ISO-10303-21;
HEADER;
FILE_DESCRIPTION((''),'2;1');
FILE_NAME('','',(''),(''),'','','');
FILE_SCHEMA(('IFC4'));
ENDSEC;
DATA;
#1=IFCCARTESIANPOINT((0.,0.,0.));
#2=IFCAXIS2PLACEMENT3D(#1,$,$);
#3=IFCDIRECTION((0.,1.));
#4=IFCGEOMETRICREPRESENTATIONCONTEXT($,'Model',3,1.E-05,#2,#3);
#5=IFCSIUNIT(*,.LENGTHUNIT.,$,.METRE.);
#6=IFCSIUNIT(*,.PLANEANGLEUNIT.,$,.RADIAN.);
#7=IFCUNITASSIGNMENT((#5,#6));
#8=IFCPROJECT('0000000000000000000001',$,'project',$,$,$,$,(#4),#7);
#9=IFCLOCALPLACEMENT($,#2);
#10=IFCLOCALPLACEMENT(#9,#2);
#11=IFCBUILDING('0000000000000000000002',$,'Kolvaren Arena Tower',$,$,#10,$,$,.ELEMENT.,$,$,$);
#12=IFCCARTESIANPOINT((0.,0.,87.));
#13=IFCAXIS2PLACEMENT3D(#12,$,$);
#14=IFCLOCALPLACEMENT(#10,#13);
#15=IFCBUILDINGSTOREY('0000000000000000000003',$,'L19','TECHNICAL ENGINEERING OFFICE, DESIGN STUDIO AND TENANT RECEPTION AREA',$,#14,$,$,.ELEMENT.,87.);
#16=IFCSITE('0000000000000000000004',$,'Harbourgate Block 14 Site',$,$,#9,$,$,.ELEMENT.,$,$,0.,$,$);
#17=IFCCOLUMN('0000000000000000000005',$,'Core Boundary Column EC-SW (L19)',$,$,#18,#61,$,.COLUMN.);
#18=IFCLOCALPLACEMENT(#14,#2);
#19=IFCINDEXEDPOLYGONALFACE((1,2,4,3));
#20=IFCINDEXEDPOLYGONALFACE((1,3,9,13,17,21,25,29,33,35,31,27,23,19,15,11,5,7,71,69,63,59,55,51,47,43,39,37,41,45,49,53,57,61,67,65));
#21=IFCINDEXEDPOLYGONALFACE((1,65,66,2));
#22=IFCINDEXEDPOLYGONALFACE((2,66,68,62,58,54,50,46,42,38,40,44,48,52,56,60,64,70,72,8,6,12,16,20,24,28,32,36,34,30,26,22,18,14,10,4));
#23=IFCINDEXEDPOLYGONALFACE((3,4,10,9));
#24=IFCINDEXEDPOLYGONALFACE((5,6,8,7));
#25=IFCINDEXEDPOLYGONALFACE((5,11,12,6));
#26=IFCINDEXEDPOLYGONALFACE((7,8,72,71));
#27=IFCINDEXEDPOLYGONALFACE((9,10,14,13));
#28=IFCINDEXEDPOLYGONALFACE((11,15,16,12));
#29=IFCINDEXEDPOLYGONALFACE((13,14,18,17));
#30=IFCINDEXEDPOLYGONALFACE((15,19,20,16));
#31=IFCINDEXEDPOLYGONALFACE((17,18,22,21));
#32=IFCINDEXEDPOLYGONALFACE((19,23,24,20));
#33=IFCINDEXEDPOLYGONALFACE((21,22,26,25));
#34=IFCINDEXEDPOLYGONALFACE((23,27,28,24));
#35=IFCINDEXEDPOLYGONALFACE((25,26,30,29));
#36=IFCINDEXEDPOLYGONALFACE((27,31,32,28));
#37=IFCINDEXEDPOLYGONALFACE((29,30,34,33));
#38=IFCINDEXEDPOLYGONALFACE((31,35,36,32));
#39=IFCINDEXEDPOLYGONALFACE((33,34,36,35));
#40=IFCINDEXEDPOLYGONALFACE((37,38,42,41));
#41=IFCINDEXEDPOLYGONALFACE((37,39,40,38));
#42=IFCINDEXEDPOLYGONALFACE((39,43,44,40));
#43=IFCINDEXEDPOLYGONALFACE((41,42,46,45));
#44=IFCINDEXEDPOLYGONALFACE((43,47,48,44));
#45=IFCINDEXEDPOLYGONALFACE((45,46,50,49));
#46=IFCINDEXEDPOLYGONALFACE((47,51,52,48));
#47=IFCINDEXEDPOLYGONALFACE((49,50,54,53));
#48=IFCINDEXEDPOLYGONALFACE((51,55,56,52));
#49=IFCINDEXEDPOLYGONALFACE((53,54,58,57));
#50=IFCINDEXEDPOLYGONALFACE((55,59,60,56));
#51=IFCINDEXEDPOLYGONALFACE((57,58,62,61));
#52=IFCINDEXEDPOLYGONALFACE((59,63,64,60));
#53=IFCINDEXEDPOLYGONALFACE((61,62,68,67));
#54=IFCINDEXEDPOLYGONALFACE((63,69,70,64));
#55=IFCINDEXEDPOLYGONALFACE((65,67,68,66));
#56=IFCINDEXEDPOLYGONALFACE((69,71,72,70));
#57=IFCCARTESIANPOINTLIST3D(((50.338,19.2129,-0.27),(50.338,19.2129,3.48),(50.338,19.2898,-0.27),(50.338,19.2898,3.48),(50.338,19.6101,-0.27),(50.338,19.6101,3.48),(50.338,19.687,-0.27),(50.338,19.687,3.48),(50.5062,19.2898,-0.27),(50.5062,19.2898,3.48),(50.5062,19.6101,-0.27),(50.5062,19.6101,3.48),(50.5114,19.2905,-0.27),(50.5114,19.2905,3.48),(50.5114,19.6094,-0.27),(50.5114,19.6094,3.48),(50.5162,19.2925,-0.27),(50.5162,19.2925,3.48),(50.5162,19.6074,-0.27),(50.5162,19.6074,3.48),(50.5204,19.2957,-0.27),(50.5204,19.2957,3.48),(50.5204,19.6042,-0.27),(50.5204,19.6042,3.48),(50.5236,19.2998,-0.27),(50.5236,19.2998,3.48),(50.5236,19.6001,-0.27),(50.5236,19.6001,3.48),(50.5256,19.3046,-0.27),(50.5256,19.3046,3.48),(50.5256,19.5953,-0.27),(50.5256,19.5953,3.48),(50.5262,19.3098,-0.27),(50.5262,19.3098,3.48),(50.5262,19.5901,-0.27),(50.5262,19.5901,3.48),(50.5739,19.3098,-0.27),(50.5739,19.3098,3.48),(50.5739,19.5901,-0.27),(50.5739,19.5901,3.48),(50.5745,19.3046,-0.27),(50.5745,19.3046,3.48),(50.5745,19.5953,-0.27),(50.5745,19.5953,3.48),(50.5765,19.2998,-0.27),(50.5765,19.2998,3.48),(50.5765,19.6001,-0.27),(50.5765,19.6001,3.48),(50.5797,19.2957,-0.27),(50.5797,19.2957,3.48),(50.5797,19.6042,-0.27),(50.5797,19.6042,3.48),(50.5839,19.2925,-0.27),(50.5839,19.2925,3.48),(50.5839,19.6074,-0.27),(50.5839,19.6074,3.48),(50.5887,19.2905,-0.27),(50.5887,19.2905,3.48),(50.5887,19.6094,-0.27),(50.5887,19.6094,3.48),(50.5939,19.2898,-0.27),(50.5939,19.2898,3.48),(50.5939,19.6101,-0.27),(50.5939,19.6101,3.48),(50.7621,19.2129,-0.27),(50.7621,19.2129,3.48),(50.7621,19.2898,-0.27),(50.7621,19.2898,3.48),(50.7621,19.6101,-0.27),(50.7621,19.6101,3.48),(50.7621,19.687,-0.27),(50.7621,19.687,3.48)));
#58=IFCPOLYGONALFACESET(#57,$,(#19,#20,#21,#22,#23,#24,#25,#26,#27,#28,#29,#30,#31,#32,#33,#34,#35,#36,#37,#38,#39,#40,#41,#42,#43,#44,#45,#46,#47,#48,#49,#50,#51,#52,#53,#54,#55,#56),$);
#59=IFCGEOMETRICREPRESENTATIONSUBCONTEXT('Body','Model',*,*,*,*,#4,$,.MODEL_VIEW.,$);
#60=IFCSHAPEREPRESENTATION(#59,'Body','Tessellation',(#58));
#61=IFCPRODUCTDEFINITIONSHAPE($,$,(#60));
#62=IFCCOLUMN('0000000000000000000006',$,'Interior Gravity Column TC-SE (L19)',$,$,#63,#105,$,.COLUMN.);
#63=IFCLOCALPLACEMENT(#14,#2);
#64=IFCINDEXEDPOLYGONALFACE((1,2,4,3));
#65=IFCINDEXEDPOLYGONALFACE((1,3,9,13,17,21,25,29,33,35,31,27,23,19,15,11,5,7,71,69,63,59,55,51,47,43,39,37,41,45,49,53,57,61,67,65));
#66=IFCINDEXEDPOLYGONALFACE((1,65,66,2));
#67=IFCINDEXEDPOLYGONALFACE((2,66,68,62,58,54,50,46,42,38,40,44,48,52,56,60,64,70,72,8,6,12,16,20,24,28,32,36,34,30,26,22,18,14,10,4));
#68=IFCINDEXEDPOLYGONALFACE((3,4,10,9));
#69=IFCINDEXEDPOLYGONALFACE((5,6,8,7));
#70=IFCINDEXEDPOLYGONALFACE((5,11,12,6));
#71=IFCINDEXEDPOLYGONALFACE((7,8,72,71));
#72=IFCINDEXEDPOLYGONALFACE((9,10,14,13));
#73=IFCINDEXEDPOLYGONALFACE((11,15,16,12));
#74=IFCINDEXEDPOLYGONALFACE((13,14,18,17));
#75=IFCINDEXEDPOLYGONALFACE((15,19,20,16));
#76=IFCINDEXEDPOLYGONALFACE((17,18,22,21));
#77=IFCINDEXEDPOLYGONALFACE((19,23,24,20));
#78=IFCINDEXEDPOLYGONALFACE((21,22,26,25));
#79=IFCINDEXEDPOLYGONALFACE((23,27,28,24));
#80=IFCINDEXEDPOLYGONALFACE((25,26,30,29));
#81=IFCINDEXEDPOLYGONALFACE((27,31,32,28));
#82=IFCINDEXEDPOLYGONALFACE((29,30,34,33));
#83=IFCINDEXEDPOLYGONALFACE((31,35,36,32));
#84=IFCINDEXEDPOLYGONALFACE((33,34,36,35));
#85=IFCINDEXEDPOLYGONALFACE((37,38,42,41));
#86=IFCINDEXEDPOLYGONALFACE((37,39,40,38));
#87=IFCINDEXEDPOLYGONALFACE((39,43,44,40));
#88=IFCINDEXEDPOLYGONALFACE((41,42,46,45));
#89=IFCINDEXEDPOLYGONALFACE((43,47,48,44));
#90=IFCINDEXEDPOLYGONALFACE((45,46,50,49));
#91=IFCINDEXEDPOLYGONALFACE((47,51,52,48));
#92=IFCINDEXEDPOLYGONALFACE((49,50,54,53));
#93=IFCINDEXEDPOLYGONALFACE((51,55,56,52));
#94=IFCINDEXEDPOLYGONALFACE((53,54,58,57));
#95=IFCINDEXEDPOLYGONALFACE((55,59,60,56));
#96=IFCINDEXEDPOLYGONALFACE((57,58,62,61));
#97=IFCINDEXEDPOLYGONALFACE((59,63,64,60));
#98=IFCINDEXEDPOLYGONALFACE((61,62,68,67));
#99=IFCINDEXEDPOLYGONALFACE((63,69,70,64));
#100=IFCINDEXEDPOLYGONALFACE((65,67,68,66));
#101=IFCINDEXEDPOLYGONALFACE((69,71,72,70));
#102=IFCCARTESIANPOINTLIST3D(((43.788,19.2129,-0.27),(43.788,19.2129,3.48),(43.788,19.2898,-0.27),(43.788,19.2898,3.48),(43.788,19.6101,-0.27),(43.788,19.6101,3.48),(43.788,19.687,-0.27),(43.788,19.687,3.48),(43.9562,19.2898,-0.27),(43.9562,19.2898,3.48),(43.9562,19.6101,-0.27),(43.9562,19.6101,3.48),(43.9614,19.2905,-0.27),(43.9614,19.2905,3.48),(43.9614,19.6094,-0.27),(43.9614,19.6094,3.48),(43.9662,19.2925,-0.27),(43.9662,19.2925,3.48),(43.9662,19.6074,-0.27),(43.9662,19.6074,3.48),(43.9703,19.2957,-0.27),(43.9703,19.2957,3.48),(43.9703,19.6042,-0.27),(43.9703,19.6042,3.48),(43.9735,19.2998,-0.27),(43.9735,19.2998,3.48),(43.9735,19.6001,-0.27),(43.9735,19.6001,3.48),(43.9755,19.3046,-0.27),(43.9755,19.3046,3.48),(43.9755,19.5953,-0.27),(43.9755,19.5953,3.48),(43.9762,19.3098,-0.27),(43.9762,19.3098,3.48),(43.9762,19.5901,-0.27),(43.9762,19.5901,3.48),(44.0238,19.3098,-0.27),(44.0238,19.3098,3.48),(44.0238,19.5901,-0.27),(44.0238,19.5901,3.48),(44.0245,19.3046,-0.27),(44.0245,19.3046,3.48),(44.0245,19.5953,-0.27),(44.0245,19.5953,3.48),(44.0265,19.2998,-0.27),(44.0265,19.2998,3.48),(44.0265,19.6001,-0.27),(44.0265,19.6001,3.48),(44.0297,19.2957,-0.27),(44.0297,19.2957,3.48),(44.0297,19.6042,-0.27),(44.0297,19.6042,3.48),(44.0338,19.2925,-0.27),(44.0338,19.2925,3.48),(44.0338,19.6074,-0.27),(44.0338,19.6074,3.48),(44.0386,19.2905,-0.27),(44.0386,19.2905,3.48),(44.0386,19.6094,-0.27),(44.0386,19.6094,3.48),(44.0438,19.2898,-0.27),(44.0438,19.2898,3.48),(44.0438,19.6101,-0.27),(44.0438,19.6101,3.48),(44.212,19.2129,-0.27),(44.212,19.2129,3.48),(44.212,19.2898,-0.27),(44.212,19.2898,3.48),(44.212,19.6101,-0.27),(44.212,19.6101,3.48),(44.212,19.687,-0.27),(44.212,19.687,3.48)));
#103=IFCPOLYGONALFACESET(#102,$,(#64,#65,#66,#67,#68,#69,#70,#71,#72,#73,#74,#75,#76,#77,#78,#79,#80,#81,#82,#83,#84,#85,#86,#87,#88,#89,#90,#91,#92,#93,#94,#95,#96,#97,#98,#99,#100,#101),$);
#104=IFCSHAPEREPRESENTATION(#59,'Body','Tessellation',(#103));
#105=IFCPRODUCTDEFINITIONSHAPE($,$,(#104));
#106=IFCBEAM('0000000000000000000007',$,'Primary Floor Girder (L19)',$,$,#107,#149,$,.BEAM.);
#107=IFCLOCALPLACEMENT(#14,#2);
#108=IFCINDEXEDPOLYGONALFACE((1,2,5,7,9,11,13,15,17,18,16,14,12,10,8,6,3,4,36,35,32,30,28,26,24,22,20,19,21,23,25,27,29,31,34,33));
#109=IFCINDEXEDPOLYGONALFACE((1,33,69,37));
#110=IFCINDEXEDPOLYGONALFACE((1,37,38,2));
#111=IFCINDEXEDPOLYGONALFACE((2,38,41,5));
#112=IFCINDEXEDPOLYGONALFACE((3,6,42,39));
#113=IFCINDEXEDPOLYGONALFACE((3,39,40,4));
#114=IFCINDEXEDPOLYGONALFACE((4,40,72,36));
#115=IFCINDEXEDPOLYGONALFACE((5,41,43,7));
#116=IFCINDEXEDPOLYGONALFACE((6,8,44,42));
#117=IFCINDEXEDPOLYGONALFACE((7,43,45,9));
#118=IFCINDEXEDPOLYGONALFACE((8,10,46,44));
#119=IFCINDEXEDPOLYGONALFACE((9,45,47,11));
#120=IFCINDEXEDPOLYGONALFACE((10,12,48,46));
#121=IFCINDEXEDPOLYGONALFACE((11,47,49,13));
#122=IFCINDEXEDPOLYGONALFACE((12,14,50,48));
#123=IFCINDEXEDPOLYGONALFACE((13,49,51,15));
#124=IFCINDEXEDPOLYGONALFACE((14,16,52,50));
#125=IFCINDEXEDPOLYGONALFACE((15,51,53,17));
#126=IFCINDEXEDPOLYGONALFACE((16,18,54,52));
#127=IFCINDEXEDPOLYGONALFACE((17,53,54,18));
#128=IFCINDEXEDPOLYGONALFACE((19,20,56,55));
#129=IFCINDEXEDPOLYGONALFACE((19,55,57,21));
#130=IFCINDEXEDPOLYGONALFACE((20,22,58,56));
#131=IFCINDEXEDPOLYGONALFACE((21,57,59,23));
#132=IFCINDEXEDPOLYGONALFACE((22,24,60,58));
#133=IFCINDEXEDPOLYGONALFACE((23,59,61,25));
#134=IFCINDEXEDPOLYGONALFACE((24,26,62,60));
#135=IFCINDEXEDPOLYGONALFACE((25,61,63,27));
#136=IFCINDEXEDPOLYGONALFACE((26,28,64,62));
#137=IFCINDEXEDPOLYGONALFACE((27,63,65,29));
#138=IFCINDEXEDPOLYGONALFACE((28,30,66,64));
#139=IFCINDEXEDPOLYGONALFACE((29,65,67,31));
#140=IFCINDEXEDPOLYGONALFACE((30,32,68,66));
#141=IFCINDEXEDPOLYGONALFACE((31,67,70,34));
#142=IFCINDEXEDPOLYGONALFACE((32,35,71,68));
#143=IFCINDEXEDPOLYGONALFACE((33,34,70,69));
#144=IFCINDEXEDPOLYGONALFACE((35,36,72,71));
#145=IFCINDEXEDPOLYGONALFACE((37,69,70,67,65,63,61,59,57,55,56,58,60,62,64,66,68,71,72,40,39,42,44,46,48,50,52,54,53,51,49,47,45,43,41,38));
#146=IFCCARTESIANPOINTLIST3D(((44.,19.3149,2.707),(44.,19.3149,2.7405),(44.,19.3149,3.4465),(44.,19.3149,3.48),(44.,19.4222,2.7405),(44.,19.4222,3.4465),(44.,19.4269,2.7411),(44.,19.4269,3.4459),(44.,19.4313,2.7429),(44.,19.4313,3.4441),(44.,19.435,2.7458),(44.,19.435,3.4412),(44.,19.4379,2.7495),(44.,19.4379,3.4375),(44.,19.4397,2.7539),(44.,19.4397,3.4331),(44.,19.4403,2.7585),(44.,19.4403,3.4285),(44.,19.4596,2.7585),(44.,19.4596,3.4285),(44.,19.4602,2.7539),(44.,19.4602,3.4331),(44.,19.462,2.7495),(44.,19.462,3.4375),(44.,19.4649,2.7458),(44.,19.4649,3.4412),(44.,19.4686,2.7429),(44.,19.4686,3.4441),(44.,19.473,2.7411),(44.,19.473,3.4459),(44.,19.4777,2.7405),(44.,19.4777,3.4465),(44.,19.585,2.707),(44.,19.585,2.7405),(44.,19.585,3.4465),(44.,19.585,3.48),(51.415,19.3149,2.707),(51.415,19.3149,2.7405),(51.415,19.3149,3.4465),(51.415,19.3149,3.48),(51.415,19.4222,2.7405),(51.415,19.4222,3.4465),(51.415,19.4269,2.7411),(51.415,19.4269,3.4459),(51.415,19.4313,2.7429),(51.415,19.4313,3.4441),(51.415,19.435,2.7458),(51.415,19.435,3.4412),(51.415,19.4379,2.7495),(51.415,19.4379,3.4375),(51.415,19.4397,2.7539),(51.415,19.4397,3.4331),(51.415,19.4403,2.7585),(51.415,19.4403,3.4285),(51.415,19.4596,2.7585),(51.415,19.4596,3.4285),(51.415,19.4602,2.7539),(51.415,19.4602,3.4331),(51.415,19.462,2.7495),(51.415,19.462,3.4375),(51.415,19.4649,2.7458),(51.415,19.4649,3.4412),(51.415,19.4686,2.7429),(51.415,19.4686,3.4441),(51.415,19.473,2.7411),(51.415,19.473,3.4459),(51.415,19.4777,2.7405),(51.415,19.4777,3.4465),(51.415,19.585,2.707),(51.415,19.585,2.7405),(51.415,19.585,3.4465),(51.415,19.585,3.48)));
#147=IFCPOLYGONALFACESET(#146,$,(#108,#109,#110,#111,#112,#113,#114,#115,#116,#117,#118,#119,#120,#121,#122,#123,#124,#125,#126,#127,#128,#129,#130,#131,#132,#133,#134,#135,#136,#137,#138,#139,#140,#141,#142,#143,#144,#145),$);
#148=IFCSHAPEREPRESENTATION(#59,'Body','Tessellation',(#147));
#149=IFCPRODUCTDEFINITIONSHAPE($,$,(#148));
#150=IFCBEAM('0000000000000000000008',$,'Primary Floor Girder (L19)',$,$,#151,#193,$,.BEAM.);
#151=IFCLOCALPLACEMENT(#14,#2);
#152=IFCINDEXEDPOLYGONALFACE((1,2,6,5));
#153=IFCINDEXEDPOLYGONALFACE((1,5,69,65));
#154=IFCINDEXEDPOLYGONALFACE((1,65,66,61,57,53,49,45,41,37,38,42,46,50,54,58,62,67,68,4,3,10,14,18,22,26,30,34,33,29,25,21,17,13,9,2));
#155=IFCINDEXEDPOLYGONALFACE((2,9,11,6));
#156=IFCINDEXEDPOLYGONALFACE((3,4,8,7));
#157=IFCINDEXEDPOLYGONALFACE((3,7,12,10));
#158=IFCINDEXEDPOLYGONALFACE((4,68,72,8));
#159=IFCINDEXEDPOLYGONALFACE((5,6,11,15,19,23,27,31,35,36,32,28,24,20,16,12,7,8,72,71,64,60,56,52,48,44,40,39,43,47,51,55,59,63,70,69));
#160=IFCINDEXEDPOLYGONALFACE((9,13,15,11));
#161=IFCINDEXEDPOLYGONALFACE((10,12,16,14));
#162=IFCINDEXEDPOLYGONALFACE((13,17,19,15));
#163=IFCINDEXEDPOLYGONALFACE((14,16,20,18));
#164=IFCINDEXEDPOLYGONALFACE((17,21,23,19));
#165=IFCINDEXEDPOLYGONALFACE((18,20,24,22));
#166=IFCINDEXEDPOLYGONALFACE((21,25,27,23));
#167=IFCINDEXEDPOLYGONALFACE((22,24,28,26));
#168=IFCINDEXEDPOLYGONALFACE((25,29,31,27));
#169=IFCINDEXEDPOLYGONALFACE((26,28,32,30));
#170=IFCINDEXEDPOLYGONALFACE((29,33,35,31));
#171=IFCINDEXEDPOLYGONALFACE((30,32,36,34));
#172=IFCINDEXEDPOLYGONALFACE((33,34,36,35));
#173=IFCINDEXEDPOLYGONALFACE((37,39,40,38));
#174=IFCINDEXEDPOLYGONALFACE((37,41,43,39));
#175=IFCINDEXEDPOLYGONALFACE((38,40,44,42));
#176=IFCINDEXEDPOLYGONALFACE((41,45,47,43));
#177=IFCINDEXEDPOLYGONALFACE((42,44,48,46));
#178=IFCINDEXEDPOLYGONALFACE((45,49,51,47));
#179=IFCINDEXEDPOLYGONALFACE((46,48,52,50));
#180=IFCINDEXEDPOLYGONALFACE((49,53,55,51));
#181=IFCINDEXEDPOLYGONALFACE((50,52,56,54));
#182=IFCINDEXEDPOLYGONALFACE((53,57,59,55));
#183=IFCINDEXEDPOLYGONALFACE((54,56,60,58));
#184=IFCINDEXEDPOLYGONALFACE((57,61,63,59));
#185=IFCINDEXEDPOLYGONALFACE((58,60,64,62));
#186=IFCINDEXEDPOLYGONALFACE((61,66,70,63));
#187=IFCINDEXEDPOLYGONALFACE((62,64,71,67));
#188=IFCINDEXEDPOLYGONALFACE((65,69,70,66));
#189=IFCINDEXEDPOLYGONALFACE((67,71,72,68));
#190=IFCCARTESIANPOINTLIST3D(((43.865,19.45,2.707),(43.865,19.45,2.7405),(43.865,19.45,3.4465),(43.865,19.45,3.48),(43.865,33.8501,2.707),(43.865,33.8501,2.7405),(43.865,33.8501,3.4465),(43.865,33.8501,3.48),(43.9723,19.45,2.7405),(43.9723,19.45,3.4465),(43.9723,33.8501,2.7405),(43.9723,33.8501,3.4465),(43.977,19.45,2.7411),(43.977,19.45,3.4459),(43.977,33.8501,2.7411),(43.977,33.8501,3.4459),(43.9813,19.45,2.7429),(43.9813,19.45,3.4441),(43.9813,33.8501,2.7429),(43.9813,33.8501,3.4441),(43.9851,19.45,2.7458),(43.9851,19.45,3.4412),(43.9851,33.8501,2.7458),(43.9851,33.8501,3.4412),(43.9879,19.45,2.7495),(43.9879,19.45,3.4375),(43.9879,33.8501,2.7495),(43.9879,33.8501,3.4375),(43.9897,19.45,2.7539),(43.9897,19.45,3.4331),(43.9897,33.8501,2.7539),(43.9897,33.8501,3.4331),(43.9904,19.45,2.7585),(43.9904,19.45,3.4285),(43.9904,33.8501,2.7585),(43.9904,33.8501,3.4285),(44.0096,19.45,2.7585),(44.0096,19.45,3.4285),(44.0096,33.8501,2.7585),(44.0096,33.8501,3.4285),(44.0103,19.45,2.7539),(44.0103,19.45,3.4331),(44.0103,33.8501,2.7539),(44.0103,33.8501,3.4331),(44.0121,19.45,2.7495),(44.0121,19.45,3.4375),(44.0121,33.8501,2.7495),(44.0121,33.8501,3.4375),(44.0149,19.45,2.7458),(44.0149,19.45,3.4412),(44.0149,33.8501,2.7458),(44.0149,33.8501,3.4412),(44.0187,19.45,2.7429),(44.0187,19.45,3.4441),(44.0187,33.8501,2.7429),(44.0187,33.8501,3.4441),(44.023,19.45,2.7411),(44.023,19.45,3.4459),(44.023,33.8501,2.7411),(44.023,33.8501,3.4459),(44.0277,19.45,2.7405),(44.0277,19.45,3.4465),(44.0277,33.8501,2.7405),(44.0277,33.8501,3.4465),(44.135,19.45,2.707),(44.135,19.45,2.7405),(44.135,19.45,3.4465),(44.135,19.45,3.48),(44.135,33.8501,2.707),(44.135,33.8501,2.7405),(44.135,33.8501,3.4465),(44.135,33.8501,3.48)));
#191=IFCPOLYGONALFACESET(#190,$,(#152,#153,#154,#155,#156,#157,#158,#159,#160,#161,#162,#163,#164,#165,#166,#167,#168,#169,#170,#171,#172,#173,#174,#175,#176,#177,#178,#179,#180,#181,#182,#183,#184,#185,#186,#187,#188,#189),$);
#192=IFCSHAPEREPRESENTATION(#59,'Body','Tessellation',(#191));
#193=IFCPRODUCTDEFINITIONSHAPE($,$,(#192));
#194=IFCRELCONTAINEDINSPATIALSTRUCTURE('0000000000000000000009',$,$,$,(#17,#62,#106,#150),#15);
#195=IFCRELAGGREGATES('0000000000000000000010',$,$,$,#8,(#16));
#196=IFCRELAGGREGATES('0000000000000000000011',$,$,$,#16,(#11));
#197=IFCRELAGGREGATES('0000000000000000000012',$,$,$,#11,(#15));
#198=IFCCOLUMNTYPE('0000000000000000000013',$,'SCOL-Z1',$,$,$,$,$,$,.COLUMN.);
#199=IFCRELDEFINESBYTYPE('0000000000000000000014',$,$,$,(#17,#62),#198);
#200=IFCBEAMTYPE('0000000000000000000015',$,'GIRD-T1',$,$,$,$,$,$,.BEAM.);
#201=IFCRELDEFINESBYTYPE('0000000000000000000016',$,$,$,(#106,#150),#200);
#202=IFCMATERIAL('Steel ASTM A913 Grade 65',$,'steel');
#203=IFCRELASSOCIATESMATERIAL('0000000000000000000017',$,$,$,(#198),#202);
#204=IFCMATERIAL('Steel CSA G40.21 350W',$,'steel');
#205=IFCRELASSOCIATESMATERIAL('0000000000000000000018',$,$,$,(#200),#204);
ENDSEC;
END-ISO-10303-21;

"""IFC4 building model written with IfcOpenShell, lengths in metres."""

from ifc_helpers import new_model, si_unit, direction, frame, origin, origin_2d, place, context, subcontext, project, spatial, i_section, extrude, material, material_profile, profile_set, type_object, element, save


model = new_model("IFC4")

# Units and contexts
model_context = context("Model", 3, precision=1e-05, world=origin(), true_north=direction((0.0, 1.0)))
body_context = subcontext(model_context, "Body", "Model", "MODEL_VIEW")
ifc_project = project(units=[si_unit("LENGTHUNIT", "METRE"), si_unit("PLANEANGLEUNIT", "RADIAN")], contexts=[model_context])

# Site, building, storey
site_placement = place(None, origin())
site = spatial("IfcSite", under=ifc_project, at=site_placement, Name="Harbourgate Block 14 Site", CompositionType="ELEMENT", RefElevation=0.0)
building_placement = place(site_placement, origin())
building = spatial("IfcBuilding", under=site, at=building_placement, Name="Kolvaren Arena Tower", CompositionType="ELEMENT")
storey_placement = place(building_placement, frame((0.0, 0.0, 87.0)))
storey = spatial("IfcBuildingStorey", under=building, at=storey_placement, Name="L19", Description="TECHNICAL ENGINEERING OFFICE, DESIGN STUDIO AND TENANT RECEPTION AREA", CompositionType="ELEMENT", Elevation=87.0)

# Columns
ifc_material_1 = material(Name="Steel ASTM A913 Grade 65", Category="steel")
ifc_material_profile_1 = material_profile(ifc_material_1, i_section(OverallWidth=0.4241, OverallDepth=0.4741, WebThickness=0.0476, FlangeThickness=0.0769, FilletRadius=0.02, at=origin_2d()), Name="W360x634")
ifc_profile_set_1 = profile_set([ifc_material_profile_1], Name="Steel ASTM A913 Grade 65")
column_type = type_object("IfcColumnType", Name="SCOL-Z1", PredefinedType="COLUMN", material=ifc_profile_set_1)
for number, where, z_axis, x_axis, name in (
    (1, (50.55, 19.45, -0.27), (0.0, 0.0, 1.0), (1.0, 0.0, 0.0), "Core Boundary Column EC-SW (L19)"),
    (2, (44.0, 19.45, -0.27), (0.0, 0.0, 1.0), (1.0, 0.0, 0.0), "Interior Gravity Column TC-SE (L19)"),
):
    element("IfcColumn", number, at=place(storey_placement, frame(where, z_axis=z_axis, x_axis=x_axis)), inside=storey, type_object=column_type, Name=name, PredefinedType="COLUMN", context=body_context, shape_type="SweptSolid", body=[
        extrude(i_section(OverallWidth=0.4241, OverallDepth=0.4741, WebThickness=0.0476, FlangeThickness=0.0769, FilletRadius=0.02, at=origin_2d()), origin(), (0.0, 0.0, 1.0), 3.75),
    ])

# Beams
ifc_material_2 = material(Name="Steel CSA G40.21 350W", Category="steel")
ifc_material_profile_2 = material_profile(ifc_material_2, i_section(OverallWidth=0.27, OverallDepth=0.7729, WebThickness=0.0193, FlangeThickness=0.0334, FilletRadius=0.0181, at=origin_2d()), Name="W760x257")
ifc_profile_set_2 = profile_set([ifc_material_profile_2], Name="Steel CSA G40.21 350W")
beam_type_1 = type_object("IfcBeamType", Name="GIRD-T1", PredefinedType="BEAM", material=ifc_profile_set_2)
beam_1_placement = place(storey_placement, frame((44.0, 19.45, 3.0935), z_axis=(1.0, 0.0, 0.0), x_axis=(0.0, 1.0, 0.0)))
element("IfcBeam", 3, at=beam_1_placement, inside=storey, type_object=beam_type_1, Name="Primary Floor Girder (L19)", PredefinedType="BEAM", context=body_context, shape_type="SweptSolid", body=[
    extrude(i_section(OverallWidth=0.27, OverallDepth=0.7729, WebThickness=0.0193, FlangeThickness=0.0334, FilletRadius=0.0181, at=origin_2d()), origin(), (0.0, 0.0, 1.0), 7.415),
])
beam_2_placement = place(storey_placement, frame((44.0, 19.45, 3.0935), z_axis=(0.0, 1.0, 0.0), x_axis=(-1.0, 0.0, 0.0)))
element("IfcBeam", 4, at=beam_2_placement, inside=storey, type_object=beam_type_1, Name="Primary Floor Girder (L19)", PredefinedType="BEAM", context=body_context, shape_type="SweptSolid", body=[
    extrude(i_section(OverallWidth=0.27, OverallDepth=0.7729, WebThickness=0.0193, FlangeThickness=0.0334, FilletRadius=0.0181, at=origin_2d()), origin(), (0.0, 0.0, 1.0), 14.4001),
])

save(model, "model.ifc")
